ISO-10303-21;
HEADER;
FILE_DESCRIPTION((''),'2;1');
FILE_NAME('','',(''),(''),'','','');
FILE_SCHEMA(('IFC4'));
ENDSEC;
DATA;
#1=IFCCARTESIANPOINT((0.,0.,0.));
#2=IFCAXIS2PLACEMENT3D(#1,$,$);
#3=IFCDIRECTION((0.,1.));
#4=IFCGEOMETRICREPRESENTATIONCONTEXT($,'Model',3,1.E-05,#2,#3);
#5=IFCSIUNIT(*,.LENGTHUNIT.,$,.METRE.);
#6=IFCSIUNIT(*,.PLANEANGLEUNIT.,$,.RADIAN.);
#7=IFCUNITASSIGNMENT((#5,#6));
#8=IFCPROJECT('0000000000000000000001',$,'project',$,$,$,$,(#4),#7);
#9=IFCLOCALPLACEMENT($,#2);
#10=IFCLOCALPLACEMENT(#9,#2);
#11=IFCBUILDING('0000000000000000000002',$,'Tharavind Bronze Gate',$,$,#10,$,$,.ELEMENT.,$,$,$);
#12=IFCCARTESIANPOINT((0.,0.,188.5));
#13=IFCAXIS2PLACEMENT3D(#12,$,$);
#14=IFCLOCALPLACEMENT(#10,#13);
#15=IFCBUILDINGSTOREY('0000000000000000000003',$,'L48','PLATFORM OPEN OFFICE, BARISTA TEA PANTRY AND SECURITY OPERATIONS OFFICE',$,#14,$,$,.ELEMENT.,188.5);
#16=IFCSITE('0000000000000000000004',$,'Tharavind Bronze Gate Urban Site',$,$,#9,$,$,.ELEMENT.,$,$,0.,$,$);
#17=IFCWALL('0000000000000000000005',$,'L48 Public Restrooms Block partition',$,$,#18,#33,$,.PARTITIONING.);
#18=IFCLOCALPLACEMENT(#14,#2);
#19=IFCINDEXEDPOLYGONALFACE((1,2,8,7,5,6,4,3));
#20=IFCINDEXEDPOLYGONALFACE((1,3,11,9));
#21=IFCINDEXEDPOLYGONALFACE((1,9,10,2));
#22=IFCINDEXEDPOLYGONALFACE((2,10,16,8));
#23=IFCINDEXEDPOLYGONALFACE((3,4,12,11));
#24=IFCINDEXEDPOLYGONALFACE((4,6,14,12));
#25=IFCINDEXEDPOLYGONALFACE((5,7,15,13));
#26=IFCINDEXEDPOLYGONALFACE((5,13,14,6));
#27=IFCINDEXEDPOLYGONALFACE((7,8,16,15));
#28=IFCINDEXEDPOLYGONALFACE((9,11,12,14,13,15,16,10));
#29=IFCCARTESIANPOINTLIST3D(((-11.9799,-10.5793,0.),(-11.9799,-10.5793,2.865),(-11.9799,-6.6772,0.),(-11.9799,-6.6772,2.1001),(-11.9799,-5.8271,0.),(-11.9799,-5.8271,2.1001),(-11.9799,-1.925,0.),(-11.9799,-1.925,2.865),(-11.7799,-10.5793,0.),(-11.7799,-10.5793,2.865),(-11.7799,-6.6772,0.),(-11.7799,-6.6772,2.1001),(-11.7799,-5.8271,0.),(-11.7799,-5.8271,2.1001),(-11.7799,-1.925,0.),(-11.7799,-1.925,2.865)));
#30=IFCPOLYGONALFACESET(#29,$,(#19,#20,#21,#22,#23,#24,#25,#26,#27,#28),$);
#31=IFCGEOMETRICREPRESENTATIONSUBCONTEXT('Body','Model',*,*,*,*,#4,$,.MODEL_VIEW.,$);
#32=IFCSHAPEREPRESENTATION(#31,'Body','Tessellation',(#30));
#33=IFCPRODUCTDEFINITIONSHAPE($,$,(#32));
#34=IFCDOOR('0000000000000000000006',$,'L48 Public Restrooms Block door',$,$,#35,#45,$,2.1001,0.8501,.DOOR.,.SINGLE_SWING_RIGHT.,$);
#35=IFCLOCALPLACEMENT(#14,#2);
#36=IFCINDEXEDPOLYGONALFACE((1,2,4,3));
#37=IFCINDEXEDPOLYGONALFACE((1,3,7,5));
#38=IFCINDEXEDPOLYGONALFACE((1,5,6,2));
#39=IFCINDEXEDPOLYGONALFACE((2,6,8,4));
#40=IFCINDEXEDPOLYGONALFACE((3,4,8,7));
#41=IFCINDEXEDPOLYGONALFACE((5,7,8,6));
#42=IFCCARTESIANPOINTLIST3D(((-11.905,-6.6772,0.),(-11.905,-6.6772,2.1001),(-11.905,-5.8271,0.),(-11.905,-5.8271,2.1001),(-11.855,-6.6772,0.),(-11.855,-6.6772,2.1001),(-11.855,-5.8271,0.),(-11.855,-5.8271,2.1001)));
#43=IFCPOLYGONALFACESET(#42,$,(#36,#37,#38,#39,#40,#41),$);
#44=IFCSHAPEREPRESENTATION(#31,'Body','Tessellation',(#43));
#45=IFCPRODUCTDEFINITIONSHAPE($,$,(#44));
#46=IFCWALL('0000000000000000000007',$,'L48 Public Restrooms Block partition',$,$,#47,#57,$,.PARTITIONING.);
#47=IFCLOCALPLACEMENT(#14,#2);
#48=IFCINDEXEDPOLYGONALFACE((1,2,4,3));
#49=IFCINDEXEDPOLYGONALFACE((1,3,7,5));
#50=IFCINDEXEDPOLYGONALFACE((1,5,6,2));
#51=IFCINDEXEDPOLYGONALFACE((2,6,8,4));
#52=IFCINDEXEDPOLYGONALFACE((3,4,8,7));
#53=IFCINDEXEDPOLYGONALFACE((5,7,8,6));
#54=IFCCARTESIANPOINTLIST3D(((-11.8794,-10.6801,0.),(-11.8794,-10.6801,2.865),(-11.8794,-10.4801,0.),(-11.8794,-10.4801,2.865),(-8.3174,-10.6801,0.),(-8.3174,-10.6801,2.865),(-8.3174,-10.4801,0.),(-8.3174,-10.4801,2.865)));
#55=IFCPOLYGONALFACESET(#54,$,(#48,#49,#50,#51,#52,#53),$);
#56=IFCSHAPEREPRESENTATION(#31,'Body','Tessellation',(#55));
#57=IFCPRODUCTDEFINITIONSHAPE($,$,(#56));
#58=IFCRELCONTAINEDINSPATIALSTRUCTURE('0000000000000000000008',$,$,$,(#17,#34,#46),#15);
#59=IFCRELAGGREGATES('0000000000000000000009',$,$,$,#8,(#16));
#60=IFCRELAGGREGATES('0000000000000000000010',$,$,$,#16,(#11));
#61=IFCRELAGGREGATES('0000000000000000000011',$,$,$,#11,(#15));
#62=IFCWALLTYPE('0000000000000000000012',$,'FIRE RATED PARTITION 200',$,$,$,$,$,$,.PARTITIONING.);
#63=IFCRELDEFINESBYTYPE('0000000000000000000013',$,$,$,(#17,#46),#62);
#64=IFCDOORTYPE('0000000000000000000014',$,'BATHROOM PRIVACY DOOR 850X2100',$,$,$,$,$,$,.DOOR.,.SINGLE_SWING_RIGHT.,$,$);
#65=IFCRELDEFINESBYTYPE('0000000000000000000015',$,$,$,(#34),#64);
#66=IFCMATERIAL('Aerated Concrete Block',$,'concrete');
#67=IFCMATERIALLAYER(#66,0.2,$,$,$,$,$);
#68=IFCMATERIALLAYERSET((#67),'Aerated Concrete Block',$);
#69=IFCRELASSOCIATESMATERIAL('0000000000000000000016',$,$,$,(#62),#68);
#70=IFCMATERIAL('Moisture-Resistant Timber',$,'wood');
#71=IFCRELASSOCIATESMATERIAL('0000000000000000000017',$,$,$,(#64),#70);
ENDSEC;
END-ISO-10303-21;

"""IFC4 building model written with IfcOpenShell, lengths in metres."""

from ifc_helpers import new_model, si_unit, direction, frame, frame_2d, origin, place, context, subcontext, project, spatial, rectangle, extrude, material, layer, layer_set, type_object, element, fill, save


model = new_model("IFC4")

# Units and contexts
model_context = context("Model", 3, precision=1e-05, world=origin(), true_north=direction((0.0, 1.0)))
body_context = subcontext(model_context, "Body", "Model", "MODEL_VIEW")
ifc_project = project(units=[si_unit("LENGTHUNIT", "METRE"), si_unit("PLANEANGLEUNIT", "RADIAN")], contexts=[model_context])

# Site, building, storey
site_placement = place(None, origin())
site = spatial("IfcSite", under=ifc_project, at=site_placement, Name="Tharavind Bronze Gate Urban Site", CompositionType="ELEMENT", RefElevation=0.0)
building_placement = place(site_placement, origin())
building = spatial("IfcBuilding", under=site, at=building_placement, Name="Tharavind Bronze Gate", CompositionType="ELEMENT")
storey_placement = place(building_placement, frame((0.0, 0.0, 188.5)))
storey = spatial("IfcBuildingStorey", under=building, at=storey_placement, Name="L48", Description="PLATFORM OPEN OFFICE, BARISTA TEA PANTRY AND SECURITY OPERATIONS OFFICE", CompositionType="ELEMENT", Elevation=188.5)

# Shared definitions
ifc_material_1 = material(Name="Aerated Concrete Block", Category="concrete")
ifc_layer_1 = layer(ifc_material_1, 0.2)
ifc_layer_set_1 = layer_set([ifc_layer_1], Name="Aerated Concrete Block")
wall_type = type_object("IfcWallType", Name="FIRE RATED PARTITION 200", PredefinedType="PARTITIONING", material=ifc_layer_set_1)

# Wall, opening, door
wall_1_placement = place(storey_placement, frame((-11.8799, -1.925, 0.0), z_axis=(0.0, 0.0, 1.0), x_axis=(0.0, -1.0, 0.0)))
wall_1 = element("IfcWall", 1, at=wall_1_placement, inside=storey, type_object=wall_type, Name="L48 Public Restrooms Block partition", PredefinedType="PARTITIONING", context=body_context, shape_type="SweptSolid", body=[
    extrude(rectangle(XDim=8.6543, YDim=0.2, at=frame_2d((4.3271, 0.0))), origin(), (0.0, 0.0, 1.0), 2.865),
])
opening_1_placement = place(wall_1_placement, frame((3.9021, 0.0, 0.0)))
opening_1 = element("IfcOpeningElement", 2, at=opening_1_placement, cuts=wall_1, PredefinedType="OPENING", context=body_context, shape_type="SweptSolid", body=[
    extrude(rectangle(XDim=0.8501, YDim=2.1001, at=frame_2d((0.425, 1.05))), frame((0.0, 0.1101, 0.0), z_axis=(0.0, -1.0, 0.0), x_axis=(1.0, 0.0, 0.0)), (0.0, 0.0, 1.0), 0.22),
])
ifc_material_2 = material(Name="Moisture-Resistant Timber", Category="wood")
door_type_1 = type_object("IfcDoorType", Name="BATHROOM PRIVACY DOOR 850X2100", OperationType="SINGLE_SWING_RIGHT", PredefinedType="DOOR", material=ifc_material_2)
door_1_placement = place(opening_1_placement, origin())
door_1 = element("IfcDoor", 3, at=door_1_placement, inside=storey, type_object=door_type_1, Name="L48 Public Restrooms Block door", OperationType="SINGLE_SWING_RIGHT", OverallHeight=2.1001, OverallWidth=0.8501, PredefinedType="DOOR", context=body_context, shape_type="SweptSolid", body=[
    extrude(rectangle(XDim=0.8501, YDim=2.1001, at=frame_2d((0.425, 1.05))), frame((0.0, 0.0249, 0.0), z_axis=(0.0, -1.0, 0.0), x_axis=(1.0, 0.0, 0.0)), (0.0, 0.0, 1.0), 0.05),
])
fill(opening_1, door_1)

# Wall
wall_2_placement = place(storey_placement, frame((-11.8794, -10.5801, 0.0), z_axis=(0.0, 0.0, 1.0), x_axis=(1.0, 0.0, 0.0)))
element("IfcWall", 4, at=wall_2_placement, inside=storey, type_object=wall_type, Name="L48 Public Restrooms Block partition", PredefinedType="PARTITIONING", context=body_context, shape_type="SweptSolid", body=[
    extrude(rectangle(XDim=3.562, YDim=0.2, at=frame_2d((1.781, 0.0))), origin(), (0.0, 0.0, 1.0), 2.865),
])

save(model, "model.ifc")
